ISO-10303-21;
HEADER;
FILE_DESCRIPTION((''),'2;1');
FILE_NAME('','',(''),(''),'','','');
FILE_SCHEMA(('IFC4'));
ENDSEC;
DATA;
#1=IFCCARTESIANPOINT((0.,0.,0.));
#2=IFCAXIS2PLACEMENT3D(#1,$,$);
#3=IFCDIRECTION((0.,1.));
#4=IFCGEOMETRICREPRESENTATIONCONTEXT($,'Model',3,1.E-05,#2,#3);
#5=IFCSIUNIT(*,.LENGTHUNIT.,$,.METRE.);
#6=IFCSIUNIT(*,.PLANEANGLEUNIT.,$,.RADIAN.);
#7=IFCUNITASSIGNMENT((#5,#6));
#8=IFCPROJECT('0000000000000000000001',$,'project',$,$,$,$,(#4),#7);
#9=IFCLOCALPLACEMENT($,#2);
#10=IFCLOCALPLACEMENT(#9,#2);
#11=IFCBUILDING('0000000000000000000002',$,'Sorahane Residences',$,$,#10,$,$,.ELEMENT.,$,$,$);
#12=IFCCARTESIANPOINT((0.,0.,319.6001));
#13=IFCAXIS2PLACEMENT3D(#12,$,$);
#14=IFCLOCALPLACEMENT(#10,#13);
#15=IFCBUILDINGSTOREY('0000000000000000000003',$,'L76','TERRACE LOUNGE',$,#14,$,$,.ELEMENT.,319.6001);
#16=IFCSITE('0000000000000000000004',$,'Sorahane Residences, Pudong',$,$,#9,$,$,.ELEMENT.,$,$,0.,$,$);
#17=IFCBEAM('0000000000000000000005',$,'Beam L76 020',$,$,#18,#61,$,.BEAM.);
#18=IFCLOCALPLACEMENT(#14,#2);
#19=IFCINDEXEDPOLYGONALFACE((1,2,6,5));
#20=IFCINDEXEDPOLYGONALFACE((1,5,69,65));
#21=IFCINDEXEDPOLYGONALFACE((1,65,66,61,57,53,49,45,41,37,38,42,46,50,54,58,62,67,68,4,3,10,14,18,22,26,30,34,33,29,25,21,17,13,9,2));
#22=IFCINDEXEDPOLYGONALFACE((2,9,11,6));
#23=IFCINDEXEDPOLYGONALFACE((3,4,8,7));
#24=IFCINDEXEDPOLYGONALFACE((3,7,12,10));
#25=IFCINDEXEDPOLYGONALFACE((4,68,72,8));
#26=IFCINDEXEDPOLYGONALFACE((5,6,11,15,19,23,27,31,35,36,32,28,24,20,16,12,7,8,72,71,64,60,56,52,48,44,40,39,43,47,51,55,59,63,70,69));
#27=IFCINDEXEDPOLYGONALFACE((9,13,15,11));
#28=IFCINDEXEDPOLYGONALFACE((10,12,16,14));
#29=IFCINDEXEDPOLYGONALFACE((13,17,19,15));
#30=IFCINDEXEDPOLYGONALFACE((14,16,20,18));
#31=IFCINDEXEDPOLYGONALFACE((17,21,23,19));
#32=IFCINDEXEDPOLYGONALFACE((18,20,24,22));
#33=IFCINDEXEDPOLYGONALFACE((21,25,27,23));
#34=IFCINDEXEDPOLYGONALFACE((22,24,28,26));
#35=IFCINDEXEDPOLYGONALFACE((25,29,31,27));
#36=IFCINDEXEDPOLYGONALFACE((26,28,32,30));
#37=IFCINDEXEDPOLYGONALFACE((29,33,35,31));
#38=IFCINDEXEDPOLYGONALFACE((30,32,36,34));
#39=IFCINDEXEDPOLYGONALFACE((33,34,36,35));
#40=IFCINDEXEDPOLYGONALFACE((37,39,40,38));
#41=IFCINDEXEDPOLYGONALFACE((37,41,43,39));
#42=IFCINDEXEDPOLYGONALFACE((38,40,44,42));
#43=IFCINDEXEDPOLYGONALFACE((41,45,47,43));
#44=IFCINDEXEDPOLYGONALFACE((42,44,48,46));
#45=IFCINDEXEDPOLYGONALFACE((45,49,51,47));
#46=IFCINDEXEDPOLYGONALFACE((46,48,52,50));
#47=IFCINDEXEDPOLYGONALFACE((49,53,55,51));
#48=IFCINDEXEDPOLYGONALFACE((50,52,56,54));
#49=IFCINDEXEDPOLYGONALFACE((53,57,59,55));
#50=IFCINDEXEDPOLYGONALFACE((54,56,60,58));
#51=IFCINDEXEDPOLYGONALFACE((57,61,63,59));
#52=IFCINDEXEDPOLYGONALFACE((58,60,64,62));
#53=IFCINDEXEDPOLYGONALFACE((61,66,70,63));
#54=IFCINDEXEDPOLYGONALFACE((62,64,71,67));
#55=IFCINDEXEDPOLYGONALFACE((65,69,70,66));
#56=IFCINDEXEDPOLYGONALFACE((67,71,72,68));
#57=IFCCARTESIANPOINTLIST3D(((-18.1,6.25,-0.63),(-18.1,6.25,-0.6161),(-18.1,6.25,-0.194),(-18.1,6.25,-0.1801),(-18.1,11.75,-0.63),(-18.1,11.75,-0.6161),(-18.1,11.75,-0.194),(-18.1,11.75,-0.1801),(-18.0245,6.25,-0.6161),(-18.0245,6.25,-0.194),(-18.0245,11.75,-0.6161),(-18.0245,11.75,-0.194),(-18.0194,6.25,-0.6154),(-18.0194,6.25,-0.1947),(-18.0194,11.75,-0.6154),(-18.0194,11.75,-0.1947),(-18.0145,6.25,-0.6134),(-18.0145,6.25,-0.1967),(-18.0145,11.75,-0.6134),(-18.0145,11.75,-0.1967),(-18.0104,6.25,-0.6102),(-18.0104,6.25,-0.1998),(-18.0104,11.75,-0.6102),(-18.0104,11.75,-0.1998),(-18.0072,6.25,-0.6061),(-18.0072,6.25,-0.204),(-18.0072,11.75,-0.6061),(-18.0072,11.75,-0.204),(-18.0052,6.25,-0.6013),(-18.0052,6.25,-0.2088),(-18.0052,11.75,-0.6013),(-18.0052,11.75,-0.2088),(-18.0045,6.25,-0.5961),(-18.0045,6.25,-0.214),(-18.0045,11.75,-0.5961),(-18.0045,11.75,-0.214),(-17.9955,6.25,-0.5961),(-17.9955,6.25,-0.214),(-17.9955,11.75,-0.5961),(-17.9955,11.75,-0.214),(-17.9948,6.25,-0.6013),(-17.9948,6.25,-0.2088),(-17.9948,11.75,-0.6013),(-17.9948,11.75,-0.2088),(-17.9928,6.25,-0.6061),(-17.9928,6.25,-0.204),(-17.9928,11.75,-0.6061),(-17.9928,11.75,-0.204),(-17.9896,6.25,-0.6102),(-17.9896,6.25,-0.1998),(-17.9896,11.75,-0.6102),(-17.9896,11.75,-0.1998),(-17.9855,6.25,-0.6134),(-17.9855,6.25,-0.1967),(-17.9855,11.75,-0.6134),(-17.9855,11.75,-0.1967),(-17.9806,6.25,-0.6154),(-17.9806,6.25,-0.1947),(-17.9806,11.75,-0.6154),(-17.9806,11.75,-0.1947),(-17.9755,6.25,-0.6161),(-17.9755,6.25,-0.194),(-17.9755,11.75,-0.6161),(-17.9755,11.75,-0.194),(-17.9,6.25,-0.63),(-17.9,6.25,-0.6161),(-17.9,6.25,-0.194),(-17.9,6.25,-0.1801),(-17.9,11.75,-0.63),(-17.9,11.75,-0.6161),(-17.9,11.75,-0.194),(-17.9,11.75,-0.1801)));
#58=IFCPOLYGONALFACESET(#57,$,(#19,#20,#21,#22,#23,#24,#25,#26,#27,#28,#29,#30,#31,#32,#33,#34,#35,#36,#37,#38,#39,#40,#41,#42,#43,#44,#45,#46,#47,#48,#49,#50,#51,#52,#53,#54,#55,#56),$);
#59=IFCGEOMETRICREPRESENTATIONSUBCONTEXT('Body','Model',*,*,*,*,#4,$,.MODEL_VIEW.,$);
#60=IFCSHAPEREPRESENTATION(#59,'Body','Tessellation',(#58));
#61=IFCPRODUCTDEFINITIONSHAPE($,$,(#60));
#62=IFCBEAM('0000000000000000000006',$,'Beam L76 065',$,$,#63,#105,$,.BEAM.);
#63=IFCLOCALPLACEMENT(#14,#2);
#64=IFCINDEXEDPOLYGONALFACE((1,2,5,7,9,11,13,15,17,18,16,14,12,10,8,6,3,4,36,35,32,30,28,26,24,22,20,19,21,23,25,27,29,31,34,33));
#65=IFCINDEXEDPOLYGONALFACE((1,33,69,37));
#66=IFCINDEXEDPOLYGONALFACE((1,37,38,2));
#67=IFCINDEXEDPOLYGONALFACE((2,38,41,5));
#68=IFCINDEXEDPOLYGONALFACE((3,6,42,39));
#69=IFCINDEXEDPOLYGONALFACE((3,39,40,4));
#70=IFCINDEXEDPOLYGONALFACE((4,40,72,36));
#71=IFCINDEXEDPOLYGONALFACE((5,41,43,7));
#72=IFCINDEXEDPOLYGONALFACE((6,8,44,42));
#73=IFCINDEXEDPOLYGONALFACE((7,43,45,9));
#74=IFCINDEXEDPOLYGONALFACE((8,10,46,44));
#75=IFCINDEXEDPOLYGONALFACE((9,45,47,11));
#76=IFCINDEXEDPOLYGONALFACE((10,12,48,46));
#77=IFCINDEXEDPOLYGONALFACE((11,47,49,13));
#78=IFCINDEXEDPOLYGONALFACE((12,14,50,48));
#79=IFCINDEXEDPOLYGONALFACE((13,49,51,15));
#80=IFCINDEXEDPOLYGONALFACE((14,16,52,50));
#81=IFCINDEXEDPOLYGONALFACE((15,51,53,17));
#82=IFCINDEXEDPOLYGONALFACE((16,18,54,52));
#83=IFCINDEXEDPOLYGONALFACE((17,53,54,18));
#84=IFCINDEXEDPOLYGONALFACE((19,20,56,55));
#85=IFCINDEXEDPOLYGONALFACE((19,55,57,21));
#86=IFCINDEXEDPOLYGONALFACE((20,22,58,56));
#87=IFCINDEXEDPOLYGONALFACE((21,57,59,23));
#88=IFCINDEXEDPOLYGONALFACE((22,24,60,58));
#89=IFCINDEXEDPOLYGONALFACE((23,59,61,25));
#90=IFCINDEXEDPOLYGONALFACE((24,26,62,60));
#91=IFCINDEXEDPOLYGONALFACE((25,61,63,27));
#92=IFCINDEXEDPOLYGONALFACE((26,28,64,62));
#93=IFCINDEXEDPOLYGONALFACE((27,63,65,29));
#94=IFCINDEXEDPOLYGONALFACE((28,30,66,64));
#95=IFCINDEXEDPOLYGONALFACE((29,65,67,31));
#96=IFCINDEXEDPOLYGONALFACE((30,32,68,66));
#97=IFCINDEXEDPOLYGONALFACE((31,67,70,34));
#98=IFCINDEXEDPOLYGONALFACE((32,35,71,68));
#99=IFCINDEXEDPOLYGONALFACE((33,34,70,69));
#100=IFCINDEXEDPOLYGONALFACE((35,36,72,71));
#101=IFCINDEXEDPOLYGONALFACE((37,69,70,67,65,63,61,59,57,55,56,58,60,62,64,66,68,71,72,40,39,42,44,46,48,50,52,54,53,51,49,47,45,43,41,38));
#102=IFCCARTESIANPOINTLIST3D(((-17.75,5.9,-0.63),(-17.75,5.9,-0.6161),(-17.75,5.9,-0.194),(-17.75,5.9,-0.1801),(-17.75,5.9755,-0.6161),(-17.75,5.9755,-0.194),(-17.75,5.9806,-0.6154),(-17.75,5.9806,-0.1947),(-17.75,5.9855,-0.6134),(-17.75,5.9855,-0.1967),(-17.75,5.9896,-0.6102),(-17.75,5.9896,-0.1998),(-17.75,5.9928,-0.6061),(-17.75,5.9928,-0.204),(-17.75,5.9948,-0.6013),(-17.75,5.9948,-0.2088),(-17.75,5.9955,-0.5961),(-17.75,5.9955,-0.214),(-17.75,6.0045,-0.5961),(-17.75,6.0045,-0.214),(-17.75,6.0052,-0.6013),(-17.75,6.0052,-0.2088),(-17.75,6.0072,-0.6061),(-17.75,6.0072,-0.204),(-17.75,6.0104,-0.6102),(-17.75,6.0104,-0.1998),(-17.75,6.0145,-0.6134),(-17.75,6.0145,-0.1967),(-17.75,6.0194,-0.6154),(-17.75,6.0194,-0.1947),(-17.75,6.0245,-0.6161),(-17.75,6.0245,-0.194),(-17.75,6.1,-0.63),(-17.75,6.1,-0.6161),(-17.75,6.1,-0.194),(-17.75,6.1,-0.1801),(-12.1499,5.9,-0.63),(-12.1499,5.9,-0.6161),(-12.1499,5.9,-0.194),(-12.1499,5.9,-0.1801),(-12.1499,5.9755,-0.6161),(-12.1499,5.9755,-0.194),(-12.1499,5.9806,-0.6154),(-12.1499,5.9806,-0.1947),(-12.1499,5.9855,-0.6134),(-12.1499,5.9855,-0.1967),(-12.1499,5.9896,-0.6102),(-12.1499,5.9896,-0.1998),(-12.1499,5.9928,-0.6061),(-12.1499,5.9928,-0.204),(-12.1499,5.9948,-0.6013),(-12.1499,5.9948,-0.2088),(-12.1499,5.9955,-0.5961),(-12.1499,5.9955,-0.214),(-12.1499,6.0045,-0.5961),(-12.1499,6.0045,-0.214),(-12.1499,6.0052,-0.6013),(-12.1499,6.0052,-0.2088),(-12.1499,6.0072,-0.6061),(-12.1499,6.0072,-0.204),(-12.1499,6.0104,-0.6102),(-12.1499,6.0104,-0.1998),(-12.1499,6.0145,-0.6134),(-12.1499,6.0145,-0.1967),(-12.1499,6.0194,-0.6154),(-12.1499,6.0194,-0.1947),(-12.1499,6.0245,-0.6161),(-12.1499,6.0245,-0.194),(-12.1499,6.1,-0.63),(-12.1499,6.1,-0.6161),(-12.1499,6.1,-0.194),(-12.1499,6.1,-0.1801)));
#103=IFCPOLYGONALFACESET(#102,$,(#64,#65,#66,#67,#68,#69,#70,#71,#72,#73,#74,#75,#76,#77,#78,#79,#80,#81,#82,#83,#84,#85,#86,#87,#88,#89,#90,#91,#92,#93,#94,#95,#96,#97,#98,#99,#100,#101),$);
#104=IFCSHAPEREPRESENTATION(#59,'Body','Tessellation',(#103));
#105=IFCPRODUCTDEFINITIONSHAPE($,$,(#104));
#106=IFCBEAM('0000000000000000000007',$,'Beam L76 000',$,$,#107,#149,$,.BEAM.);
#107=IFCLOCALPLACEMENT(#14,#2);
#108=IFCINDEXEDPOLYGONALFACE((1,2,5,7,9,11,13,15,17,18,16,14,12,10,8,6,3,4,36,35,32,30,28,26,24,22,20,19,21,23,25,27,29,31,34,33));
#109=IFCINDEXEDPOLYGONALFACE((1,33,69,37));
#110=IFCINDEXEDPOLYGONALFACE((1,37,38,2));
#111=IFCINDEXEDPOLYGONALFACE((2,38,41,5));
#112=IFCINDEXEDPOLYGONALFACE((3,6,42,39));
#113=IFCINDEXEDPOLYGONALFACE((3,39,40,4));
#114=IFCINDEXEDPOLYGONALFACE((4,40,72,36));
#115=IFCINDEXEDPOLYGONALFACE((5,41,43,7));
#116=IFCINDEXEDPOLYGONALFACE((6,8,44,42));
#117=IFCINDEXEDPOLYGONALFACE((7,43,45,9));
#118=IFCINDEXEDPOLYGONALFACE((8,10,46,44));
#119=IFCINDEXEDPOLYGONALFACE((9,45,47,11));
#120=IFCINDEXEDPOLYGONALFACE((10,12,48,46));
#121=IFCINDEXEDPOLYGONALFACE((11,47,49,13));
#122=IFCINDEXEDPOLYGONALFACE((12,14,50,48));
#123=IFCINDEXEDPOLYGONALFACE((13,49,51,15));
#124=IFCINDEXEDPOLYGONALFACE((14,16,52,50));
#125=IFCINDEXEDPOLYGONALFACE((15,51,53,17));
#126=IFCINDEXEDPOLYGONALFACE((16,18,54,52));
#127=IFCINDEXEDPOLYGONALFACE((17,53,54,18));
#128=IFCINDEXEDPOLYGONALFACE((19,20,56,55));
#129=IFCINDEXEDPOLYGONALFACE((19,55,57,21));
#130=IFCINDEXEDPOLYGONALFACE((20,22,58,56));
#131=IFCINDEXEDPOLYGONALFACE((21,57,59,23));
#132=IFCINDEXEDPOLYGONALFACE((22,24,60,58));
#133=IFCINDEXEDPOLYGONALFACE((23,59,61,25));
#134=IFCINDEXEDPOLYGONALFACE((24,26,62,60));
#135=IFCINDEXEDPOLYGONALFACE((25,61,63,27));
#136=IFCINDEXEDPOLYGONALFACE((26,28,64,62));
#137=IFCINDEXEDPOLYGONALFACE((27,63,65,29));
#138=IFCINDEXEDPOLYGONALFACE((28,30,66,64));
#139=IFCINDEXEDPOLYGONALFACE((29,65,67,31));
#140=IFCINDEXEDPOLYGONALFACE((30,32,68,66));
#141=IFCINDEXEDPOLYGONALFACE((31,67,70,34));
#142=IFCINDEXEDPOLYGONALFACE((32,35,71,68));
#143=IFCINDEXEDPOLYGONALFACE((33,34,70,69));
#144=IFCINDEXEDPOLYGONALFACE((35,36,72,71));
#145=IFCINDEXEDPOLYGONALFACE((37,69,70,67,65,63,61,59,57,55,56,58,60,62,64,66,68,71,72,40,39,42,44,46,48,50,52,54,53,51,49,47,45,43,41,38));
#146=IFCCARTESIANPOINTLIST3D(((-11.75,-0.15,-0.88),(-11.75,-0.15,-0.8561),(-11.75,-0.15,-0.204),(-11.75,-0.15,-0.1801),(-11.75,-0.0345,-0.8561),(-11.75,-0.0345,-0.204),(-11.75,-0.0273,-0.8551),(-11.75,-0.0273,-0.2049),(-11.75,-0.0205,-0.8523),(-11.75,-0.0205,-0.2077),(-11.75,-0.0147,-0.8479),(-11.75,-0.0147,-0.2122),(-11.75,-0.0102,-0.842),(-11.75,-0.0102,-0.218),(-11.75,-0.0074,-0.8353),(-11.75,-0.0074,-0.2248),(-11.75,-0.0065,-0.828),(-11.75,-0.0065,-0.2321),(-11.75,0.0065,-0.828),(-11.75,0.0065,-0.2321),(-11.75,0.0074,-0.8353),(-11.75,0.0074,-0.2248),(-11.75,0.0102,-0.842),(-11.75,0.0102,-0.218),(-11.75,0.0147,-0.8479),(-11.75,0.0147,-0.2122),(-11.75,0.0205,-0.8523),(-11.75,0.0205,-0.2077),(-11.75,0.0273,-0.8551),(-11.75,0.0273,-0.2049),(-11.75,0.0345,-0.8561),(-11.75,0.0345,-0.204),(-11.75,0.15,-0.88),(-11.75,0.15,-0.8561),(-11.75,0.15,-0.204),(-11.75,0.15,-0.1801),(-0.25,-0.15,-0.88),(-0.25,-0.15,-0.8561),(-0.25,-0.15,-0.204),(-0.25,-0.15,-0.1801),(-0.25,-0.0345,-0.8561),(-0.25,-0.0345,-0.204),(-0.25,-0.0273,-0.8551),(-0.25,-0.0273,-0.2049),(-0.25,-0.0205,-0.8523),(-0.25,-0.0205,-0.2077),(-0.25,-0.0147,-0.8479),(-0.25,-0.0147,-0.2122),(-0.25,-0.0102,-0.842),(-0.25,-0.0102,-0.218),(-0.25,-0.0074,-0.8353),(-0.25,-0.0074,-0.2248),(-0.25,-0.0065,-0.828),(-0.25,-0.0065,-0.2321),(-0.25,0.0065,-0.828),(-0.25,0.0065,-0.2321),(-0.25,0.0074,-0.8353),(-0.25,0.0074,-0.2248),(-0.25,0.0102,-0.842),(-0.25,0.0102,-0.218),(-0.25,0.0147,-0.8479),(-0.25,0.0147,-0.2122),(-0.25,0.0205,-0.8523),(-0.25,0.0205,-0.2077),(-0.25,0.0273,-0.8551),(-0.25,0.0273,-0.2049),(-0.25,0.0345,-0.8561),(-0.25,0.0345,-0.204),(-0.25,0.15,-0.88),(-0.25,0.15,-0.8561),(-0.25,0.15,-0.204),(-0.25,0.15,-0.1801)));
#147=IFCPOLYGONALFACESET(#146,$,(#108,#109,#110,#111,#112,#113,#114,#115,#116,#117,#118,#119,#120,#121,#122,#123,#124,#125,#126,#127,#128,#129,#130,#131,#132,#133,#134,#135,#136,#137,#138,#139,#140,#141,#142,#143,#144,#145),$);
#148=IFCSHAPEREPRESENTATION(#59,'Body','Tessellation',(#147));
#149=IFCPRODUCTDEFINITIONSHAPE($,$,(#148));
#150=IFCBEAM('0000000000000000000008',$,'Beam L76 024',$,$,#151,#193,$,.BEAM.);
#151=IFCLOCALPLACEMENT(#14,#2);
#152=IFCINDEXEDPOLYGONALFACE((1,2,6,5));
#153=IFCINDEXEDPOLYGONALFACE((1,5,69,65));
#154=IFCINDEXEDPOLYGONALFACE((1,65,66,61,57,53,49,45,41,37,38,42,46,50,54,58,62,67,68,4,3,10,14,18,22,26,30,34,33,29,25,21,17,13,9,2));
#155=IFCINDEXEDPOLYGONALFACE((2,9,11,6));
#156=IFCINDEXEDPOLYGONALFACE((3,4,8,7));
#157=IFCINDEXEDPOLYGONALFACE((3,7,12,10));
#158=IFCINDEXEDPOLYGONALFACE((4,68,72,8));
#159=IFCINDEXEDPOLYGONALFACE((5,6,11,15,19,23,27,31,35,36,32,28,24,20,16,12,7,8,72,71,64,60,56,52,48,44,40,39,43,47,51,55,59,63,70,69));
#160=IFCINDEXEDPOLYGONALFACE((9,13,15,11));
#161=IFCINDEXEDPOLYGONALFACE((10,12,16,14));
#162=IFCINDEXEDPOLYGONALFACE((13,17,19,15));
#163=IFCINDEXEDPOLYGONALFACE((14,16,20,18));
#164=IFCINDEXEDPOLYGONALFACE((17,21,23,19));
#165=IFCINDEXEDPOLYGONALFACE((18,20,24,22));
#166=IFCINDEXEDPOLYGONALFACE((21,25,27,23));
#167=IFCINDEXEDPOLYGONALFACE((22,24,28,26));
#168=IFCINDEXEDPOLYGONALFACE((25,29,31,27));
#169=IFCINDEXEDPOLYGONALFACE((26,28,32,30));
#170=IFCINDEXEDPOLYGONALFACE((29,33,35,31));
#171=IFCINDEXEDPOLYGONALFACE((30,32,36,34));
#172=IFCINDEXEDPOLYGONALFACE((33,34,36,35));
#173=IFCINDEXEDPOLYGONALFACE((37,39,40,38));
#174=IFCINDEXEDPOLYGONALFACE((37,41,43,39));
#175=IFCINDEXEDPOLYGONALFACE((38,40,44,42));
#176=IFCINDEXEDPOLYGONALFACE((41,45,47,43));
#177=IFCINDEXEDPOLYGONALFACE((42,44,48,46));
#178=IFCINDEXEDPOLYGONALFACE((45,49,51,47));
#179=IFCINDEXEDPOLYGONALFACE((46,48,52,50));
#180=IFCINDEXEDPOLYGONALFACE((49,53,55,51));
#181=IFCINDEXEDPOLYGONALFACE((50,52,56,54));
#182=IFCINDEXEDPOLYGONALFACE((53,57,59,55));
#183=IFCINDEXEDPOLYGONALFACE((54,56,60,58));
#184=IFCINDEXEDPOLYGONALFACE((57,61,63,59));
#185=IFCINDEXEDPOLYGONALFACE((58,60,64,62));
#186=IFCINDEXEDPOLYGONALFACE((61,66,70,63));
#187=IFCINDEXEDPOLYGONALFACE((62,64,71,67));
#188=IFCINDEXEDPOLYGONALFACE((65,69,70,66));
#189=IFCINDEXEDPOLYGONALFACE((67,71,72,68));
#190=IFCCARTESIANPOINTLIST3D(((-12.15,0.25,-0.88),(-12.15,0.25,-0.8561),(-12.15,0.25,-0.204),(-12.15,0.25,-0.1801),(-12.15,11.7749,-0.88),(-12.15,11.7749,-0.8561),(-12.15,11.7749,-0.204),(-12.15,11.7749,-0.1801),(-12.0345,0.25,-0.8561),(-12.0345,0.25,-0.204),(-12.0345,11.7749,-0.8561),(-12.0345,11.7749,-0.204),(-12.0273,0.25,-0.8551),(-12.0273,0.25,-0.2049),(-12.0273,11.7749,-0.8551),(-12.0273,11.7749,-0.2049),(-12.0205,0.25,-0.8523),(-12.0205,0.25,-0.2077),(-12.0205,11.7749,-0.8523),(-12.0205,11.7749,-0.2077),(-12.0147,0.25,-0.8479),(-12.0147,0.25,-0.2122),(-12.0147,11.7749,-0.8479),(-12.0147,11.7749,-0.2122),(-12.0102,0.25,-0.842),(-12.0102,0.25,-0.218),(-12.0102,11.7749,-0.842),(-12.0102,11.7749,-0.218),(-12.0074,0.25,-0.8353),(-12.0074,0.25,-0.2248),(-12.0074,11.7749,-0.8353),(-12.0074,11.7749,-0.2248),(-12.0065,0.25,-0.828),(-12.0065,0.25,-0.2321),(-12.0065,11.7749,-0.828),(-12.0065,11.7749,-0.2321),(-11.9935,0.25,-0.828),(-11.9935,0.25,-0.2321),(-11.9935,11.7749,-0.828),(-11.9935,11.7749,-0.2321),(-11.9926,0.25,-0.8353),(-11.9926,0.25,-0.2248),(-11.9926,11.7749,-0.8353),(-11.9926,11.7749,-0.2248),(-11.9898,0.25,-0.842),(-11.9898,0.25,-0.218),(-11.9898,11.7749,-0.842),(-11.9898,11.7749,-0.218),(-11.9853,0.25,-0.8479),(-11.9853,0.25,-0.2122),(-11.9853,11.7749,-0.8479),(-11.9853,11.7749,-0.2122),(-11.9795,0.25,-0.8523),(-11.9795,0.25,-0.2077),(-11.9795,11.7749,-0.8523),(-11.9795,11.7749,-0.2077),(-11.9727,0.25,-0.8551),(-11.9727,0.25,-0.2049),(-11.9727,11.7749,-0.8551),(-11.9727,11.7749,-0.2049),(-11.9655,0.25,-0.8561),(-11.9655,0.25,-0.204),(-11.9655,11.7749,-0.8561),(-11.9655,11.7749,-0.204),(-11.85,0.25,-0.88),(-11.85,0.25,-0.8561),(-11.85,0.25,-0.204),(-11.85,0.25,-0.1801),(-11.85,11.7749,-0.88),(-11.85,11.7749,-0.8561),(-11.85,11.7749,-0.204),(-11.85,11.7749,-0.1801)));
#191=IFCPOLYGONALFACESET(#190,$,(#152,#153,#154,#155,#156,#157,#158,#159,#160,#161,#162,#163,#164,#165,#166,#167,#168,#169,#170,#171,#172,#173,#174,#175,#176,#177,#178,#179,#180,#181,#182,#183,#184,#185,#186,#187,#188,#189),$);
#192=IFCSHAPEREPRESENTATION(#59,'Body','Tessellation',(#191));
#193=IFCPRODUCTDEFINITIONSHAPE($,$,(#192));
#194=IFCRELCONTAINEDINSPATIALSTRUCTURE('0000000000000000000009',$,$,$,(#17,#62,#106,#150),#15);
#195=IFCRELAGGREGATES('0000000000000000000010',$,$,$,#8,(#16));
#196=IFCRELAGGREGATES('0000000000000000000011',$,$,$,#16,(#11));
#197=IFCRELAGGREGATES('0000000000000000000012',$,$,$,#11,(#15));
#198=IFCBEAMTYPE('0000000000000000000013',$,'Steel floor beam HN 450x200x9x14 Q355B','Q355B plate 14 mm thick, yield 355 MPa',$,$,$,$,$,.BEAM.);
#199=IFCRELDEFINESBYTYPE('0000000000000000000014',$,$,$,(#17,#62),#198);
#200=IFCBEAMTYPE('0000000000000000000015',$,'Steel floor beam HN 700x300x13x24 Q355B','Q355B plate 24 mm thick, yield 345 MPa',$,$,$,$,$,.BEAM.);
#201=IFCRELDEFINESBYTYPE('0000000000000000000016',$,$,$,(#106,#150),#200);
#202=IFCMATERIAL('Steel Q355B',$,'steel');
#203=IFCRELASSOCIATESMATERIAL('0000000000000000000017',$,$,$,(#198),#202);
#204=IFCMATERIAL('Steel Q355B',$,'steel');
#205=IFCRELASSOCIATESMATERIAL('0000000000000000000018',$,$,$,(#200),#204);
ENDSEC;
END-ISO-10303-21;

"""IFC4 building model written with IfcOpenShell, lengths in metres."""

from ifc_helpers import new_model, si_unit, direction, frame, origin, origin_2d, place, context, subcontext, project, spatial, i_section, extrude, material, material_profile, profile_set, type_object, element, save


model = new_model("IFC4")

# Units and contexts
model_context = context("Model", 3, precision=1e-05, world=origin(), true_north=direction((0.0, 1.0)))
body_context = subcontext(model_context, "Body", "Model", "MODEL_VIEW")
ifc_project = project(units=[si_unit("LENGTHUNIT", "METRE"), si_unit("PLANEANGLEUNIT", "RADIAN")], contexts=[model_context])

# Site, building, storey
site_placement = place(None, origin())
site = spatial("IfcSite", under=ifc_project, at=site_placement, Name="Sorahane Residences, Pudong", CompositionType="ELEMENT", RefElevation=0.0)
building_placement = place(site_placement, origin())
building = spatial("IfcBuilding", under=site, at=building_placement, Name="Sorahane Residences", CompositionType="ELEMENT")
storey_placement = place(building_placement, frame((0.0, 0.0, 319.6001)))
storey = spatial("IfcBuildingStorey", under=building, at=storey_placement, Name="L76", Description="TERRACE LOUNGE", CompositionType="ELEMENT", Elevation=319.6001)

# Beams
ifc_material_1 = material(Name="Steel Q355B", Category="steel")
ifc_material_profile_1 = material_profile(ifc_material_1, i_section(OverallWidth=0.2, OverallDepth=0.45, WebThickness=0.009, FlangeThickness=0.0139, FilletRadius=0.02, at=origin_2d()), Name="HN 450x200x9x14")
ifc_profile_set_1 = profile_set([ifc_material_profile_1], Name="Steel Q355B")
beam_type_1 = type_object("IfcBeamType", Name="Steel floor beam HN 450x200x9x14 Q355B", Description="Q355B plate 14 mm thick, yield 355 MPa", PredefinedType="BEAM", material=ifc_profile_set_1)
beam_1_placement = place(storey_placement, frame((-18.0, 6.25, -0.405), z_axis=(0.0, 1.0, 0.0), x_axis=(-1.0, 0.0, 0.0)))
element("IfcBeam", 1, at=beam_1_placement, inside=storey, type_object=beam_type_1, Name="Beam L76 020", PredefinedType="BEAM", context=body_context, shape_type="SweptSolid", body=[
    extrude(i_section(OverallWidth=0.2, OverallDepth=0.45, WebThickness=0.009, FlangeThickness=0.0139, FilletRadius=0.02, at=origin_2d()), origin(), (0.0, 0.0, 1.0), 5.5),
])
beam_2_placement = place(storey_placement, frame((-17.75, 6.0, -0.405), z_axis=(1.0, 0.0, 0.0), x_axis=(0.0, 1.0, 0.0)))
element("IfcBeam", 2, at=beam_2_placement, inside=storey, type_object=beam_type_1, Name="Beam L76 065", PredefinedType="BEAM", context=body_context, shape_type="SweptSolid", body=[
    extrude(i_section(OverallWidth=0.2, OverallDepth=0.45, WebThickness=0.009, FlangeThickness=0.0139, FilletRadius=0.02, at=origin_2d()), origin(), (0.0, 0.0, 1.0), 5.6001),
])
ifc_material_2 = material(Name="Steel Q355B", Category="steel")
ifc_material_profile_2 = material_profile(ifc_material_2, i_section(OverallWidth=0.3, OverallDepth=0.7, WebThickness=0.0129, FlangeThickness=0.0239, FilletRadius=0.0281, at=origin_2d()), Name="HN 700x300x13x24")
ifc_profile_set_2 = profile_set([ifc_material_profile_2], Name="Steel Q355B")
beam_type_2 = type_object("IfcBeamType", Name="Steel floor beam HN 700x300x13x24 Q355B", Description="Q355B plate 24 mm thick, yield 345 MPa", PredefinedType="BEAM", material=ifc_profile_set_2)
beam_3_placement = place(storey_placement, frame((-11.75, 0.0, -0.53), z_axis=(1.0, 0.0, 0.0), x_axis=(0.0, 1.0, 0.0)))
element("IfcBeam", 3, at=beam_3_placement, inside=storey, type_object=beam_type_2, Name="Beam L76 000", PredefinedType="BEAM", context=body_context, shape_type="SweptSolid", body=[
    extrude(i_section(OverallWidth=0.3, OverallDepth=0.7, WebThickness=0.0129, FlangeThickness=0.0239, FilletRadius=0.0281, at=origin_2d()), origin(), (0.0, 0.0, 1.0), 11.5),
])
beam_4_placement = place(storey_placement, frame((-12.0, 0.25, -0.53), z_axis=(0.0, 1.0, 0.0), x_axis=(-1.0, 0.0, 0.0)))
element("IfcBeam", 4, at=beam_4_placement, inside=storey, type_object=beam_type_2, Name="Beam L76 024", PredefinedType="BEAM", context=body_context, shape_type="SweptSolid", body=[
    extrude(i_section(OverallWidth=0.3, OverallDepth=0.7, WebThickness=0.0129, FlangeThickness=0.0239, FilletRadius=0.0281, at=origin_2d()), origin(), (0.0, 0.0, 1.0), 11.5249),
])

save(model, "model.ifc")
